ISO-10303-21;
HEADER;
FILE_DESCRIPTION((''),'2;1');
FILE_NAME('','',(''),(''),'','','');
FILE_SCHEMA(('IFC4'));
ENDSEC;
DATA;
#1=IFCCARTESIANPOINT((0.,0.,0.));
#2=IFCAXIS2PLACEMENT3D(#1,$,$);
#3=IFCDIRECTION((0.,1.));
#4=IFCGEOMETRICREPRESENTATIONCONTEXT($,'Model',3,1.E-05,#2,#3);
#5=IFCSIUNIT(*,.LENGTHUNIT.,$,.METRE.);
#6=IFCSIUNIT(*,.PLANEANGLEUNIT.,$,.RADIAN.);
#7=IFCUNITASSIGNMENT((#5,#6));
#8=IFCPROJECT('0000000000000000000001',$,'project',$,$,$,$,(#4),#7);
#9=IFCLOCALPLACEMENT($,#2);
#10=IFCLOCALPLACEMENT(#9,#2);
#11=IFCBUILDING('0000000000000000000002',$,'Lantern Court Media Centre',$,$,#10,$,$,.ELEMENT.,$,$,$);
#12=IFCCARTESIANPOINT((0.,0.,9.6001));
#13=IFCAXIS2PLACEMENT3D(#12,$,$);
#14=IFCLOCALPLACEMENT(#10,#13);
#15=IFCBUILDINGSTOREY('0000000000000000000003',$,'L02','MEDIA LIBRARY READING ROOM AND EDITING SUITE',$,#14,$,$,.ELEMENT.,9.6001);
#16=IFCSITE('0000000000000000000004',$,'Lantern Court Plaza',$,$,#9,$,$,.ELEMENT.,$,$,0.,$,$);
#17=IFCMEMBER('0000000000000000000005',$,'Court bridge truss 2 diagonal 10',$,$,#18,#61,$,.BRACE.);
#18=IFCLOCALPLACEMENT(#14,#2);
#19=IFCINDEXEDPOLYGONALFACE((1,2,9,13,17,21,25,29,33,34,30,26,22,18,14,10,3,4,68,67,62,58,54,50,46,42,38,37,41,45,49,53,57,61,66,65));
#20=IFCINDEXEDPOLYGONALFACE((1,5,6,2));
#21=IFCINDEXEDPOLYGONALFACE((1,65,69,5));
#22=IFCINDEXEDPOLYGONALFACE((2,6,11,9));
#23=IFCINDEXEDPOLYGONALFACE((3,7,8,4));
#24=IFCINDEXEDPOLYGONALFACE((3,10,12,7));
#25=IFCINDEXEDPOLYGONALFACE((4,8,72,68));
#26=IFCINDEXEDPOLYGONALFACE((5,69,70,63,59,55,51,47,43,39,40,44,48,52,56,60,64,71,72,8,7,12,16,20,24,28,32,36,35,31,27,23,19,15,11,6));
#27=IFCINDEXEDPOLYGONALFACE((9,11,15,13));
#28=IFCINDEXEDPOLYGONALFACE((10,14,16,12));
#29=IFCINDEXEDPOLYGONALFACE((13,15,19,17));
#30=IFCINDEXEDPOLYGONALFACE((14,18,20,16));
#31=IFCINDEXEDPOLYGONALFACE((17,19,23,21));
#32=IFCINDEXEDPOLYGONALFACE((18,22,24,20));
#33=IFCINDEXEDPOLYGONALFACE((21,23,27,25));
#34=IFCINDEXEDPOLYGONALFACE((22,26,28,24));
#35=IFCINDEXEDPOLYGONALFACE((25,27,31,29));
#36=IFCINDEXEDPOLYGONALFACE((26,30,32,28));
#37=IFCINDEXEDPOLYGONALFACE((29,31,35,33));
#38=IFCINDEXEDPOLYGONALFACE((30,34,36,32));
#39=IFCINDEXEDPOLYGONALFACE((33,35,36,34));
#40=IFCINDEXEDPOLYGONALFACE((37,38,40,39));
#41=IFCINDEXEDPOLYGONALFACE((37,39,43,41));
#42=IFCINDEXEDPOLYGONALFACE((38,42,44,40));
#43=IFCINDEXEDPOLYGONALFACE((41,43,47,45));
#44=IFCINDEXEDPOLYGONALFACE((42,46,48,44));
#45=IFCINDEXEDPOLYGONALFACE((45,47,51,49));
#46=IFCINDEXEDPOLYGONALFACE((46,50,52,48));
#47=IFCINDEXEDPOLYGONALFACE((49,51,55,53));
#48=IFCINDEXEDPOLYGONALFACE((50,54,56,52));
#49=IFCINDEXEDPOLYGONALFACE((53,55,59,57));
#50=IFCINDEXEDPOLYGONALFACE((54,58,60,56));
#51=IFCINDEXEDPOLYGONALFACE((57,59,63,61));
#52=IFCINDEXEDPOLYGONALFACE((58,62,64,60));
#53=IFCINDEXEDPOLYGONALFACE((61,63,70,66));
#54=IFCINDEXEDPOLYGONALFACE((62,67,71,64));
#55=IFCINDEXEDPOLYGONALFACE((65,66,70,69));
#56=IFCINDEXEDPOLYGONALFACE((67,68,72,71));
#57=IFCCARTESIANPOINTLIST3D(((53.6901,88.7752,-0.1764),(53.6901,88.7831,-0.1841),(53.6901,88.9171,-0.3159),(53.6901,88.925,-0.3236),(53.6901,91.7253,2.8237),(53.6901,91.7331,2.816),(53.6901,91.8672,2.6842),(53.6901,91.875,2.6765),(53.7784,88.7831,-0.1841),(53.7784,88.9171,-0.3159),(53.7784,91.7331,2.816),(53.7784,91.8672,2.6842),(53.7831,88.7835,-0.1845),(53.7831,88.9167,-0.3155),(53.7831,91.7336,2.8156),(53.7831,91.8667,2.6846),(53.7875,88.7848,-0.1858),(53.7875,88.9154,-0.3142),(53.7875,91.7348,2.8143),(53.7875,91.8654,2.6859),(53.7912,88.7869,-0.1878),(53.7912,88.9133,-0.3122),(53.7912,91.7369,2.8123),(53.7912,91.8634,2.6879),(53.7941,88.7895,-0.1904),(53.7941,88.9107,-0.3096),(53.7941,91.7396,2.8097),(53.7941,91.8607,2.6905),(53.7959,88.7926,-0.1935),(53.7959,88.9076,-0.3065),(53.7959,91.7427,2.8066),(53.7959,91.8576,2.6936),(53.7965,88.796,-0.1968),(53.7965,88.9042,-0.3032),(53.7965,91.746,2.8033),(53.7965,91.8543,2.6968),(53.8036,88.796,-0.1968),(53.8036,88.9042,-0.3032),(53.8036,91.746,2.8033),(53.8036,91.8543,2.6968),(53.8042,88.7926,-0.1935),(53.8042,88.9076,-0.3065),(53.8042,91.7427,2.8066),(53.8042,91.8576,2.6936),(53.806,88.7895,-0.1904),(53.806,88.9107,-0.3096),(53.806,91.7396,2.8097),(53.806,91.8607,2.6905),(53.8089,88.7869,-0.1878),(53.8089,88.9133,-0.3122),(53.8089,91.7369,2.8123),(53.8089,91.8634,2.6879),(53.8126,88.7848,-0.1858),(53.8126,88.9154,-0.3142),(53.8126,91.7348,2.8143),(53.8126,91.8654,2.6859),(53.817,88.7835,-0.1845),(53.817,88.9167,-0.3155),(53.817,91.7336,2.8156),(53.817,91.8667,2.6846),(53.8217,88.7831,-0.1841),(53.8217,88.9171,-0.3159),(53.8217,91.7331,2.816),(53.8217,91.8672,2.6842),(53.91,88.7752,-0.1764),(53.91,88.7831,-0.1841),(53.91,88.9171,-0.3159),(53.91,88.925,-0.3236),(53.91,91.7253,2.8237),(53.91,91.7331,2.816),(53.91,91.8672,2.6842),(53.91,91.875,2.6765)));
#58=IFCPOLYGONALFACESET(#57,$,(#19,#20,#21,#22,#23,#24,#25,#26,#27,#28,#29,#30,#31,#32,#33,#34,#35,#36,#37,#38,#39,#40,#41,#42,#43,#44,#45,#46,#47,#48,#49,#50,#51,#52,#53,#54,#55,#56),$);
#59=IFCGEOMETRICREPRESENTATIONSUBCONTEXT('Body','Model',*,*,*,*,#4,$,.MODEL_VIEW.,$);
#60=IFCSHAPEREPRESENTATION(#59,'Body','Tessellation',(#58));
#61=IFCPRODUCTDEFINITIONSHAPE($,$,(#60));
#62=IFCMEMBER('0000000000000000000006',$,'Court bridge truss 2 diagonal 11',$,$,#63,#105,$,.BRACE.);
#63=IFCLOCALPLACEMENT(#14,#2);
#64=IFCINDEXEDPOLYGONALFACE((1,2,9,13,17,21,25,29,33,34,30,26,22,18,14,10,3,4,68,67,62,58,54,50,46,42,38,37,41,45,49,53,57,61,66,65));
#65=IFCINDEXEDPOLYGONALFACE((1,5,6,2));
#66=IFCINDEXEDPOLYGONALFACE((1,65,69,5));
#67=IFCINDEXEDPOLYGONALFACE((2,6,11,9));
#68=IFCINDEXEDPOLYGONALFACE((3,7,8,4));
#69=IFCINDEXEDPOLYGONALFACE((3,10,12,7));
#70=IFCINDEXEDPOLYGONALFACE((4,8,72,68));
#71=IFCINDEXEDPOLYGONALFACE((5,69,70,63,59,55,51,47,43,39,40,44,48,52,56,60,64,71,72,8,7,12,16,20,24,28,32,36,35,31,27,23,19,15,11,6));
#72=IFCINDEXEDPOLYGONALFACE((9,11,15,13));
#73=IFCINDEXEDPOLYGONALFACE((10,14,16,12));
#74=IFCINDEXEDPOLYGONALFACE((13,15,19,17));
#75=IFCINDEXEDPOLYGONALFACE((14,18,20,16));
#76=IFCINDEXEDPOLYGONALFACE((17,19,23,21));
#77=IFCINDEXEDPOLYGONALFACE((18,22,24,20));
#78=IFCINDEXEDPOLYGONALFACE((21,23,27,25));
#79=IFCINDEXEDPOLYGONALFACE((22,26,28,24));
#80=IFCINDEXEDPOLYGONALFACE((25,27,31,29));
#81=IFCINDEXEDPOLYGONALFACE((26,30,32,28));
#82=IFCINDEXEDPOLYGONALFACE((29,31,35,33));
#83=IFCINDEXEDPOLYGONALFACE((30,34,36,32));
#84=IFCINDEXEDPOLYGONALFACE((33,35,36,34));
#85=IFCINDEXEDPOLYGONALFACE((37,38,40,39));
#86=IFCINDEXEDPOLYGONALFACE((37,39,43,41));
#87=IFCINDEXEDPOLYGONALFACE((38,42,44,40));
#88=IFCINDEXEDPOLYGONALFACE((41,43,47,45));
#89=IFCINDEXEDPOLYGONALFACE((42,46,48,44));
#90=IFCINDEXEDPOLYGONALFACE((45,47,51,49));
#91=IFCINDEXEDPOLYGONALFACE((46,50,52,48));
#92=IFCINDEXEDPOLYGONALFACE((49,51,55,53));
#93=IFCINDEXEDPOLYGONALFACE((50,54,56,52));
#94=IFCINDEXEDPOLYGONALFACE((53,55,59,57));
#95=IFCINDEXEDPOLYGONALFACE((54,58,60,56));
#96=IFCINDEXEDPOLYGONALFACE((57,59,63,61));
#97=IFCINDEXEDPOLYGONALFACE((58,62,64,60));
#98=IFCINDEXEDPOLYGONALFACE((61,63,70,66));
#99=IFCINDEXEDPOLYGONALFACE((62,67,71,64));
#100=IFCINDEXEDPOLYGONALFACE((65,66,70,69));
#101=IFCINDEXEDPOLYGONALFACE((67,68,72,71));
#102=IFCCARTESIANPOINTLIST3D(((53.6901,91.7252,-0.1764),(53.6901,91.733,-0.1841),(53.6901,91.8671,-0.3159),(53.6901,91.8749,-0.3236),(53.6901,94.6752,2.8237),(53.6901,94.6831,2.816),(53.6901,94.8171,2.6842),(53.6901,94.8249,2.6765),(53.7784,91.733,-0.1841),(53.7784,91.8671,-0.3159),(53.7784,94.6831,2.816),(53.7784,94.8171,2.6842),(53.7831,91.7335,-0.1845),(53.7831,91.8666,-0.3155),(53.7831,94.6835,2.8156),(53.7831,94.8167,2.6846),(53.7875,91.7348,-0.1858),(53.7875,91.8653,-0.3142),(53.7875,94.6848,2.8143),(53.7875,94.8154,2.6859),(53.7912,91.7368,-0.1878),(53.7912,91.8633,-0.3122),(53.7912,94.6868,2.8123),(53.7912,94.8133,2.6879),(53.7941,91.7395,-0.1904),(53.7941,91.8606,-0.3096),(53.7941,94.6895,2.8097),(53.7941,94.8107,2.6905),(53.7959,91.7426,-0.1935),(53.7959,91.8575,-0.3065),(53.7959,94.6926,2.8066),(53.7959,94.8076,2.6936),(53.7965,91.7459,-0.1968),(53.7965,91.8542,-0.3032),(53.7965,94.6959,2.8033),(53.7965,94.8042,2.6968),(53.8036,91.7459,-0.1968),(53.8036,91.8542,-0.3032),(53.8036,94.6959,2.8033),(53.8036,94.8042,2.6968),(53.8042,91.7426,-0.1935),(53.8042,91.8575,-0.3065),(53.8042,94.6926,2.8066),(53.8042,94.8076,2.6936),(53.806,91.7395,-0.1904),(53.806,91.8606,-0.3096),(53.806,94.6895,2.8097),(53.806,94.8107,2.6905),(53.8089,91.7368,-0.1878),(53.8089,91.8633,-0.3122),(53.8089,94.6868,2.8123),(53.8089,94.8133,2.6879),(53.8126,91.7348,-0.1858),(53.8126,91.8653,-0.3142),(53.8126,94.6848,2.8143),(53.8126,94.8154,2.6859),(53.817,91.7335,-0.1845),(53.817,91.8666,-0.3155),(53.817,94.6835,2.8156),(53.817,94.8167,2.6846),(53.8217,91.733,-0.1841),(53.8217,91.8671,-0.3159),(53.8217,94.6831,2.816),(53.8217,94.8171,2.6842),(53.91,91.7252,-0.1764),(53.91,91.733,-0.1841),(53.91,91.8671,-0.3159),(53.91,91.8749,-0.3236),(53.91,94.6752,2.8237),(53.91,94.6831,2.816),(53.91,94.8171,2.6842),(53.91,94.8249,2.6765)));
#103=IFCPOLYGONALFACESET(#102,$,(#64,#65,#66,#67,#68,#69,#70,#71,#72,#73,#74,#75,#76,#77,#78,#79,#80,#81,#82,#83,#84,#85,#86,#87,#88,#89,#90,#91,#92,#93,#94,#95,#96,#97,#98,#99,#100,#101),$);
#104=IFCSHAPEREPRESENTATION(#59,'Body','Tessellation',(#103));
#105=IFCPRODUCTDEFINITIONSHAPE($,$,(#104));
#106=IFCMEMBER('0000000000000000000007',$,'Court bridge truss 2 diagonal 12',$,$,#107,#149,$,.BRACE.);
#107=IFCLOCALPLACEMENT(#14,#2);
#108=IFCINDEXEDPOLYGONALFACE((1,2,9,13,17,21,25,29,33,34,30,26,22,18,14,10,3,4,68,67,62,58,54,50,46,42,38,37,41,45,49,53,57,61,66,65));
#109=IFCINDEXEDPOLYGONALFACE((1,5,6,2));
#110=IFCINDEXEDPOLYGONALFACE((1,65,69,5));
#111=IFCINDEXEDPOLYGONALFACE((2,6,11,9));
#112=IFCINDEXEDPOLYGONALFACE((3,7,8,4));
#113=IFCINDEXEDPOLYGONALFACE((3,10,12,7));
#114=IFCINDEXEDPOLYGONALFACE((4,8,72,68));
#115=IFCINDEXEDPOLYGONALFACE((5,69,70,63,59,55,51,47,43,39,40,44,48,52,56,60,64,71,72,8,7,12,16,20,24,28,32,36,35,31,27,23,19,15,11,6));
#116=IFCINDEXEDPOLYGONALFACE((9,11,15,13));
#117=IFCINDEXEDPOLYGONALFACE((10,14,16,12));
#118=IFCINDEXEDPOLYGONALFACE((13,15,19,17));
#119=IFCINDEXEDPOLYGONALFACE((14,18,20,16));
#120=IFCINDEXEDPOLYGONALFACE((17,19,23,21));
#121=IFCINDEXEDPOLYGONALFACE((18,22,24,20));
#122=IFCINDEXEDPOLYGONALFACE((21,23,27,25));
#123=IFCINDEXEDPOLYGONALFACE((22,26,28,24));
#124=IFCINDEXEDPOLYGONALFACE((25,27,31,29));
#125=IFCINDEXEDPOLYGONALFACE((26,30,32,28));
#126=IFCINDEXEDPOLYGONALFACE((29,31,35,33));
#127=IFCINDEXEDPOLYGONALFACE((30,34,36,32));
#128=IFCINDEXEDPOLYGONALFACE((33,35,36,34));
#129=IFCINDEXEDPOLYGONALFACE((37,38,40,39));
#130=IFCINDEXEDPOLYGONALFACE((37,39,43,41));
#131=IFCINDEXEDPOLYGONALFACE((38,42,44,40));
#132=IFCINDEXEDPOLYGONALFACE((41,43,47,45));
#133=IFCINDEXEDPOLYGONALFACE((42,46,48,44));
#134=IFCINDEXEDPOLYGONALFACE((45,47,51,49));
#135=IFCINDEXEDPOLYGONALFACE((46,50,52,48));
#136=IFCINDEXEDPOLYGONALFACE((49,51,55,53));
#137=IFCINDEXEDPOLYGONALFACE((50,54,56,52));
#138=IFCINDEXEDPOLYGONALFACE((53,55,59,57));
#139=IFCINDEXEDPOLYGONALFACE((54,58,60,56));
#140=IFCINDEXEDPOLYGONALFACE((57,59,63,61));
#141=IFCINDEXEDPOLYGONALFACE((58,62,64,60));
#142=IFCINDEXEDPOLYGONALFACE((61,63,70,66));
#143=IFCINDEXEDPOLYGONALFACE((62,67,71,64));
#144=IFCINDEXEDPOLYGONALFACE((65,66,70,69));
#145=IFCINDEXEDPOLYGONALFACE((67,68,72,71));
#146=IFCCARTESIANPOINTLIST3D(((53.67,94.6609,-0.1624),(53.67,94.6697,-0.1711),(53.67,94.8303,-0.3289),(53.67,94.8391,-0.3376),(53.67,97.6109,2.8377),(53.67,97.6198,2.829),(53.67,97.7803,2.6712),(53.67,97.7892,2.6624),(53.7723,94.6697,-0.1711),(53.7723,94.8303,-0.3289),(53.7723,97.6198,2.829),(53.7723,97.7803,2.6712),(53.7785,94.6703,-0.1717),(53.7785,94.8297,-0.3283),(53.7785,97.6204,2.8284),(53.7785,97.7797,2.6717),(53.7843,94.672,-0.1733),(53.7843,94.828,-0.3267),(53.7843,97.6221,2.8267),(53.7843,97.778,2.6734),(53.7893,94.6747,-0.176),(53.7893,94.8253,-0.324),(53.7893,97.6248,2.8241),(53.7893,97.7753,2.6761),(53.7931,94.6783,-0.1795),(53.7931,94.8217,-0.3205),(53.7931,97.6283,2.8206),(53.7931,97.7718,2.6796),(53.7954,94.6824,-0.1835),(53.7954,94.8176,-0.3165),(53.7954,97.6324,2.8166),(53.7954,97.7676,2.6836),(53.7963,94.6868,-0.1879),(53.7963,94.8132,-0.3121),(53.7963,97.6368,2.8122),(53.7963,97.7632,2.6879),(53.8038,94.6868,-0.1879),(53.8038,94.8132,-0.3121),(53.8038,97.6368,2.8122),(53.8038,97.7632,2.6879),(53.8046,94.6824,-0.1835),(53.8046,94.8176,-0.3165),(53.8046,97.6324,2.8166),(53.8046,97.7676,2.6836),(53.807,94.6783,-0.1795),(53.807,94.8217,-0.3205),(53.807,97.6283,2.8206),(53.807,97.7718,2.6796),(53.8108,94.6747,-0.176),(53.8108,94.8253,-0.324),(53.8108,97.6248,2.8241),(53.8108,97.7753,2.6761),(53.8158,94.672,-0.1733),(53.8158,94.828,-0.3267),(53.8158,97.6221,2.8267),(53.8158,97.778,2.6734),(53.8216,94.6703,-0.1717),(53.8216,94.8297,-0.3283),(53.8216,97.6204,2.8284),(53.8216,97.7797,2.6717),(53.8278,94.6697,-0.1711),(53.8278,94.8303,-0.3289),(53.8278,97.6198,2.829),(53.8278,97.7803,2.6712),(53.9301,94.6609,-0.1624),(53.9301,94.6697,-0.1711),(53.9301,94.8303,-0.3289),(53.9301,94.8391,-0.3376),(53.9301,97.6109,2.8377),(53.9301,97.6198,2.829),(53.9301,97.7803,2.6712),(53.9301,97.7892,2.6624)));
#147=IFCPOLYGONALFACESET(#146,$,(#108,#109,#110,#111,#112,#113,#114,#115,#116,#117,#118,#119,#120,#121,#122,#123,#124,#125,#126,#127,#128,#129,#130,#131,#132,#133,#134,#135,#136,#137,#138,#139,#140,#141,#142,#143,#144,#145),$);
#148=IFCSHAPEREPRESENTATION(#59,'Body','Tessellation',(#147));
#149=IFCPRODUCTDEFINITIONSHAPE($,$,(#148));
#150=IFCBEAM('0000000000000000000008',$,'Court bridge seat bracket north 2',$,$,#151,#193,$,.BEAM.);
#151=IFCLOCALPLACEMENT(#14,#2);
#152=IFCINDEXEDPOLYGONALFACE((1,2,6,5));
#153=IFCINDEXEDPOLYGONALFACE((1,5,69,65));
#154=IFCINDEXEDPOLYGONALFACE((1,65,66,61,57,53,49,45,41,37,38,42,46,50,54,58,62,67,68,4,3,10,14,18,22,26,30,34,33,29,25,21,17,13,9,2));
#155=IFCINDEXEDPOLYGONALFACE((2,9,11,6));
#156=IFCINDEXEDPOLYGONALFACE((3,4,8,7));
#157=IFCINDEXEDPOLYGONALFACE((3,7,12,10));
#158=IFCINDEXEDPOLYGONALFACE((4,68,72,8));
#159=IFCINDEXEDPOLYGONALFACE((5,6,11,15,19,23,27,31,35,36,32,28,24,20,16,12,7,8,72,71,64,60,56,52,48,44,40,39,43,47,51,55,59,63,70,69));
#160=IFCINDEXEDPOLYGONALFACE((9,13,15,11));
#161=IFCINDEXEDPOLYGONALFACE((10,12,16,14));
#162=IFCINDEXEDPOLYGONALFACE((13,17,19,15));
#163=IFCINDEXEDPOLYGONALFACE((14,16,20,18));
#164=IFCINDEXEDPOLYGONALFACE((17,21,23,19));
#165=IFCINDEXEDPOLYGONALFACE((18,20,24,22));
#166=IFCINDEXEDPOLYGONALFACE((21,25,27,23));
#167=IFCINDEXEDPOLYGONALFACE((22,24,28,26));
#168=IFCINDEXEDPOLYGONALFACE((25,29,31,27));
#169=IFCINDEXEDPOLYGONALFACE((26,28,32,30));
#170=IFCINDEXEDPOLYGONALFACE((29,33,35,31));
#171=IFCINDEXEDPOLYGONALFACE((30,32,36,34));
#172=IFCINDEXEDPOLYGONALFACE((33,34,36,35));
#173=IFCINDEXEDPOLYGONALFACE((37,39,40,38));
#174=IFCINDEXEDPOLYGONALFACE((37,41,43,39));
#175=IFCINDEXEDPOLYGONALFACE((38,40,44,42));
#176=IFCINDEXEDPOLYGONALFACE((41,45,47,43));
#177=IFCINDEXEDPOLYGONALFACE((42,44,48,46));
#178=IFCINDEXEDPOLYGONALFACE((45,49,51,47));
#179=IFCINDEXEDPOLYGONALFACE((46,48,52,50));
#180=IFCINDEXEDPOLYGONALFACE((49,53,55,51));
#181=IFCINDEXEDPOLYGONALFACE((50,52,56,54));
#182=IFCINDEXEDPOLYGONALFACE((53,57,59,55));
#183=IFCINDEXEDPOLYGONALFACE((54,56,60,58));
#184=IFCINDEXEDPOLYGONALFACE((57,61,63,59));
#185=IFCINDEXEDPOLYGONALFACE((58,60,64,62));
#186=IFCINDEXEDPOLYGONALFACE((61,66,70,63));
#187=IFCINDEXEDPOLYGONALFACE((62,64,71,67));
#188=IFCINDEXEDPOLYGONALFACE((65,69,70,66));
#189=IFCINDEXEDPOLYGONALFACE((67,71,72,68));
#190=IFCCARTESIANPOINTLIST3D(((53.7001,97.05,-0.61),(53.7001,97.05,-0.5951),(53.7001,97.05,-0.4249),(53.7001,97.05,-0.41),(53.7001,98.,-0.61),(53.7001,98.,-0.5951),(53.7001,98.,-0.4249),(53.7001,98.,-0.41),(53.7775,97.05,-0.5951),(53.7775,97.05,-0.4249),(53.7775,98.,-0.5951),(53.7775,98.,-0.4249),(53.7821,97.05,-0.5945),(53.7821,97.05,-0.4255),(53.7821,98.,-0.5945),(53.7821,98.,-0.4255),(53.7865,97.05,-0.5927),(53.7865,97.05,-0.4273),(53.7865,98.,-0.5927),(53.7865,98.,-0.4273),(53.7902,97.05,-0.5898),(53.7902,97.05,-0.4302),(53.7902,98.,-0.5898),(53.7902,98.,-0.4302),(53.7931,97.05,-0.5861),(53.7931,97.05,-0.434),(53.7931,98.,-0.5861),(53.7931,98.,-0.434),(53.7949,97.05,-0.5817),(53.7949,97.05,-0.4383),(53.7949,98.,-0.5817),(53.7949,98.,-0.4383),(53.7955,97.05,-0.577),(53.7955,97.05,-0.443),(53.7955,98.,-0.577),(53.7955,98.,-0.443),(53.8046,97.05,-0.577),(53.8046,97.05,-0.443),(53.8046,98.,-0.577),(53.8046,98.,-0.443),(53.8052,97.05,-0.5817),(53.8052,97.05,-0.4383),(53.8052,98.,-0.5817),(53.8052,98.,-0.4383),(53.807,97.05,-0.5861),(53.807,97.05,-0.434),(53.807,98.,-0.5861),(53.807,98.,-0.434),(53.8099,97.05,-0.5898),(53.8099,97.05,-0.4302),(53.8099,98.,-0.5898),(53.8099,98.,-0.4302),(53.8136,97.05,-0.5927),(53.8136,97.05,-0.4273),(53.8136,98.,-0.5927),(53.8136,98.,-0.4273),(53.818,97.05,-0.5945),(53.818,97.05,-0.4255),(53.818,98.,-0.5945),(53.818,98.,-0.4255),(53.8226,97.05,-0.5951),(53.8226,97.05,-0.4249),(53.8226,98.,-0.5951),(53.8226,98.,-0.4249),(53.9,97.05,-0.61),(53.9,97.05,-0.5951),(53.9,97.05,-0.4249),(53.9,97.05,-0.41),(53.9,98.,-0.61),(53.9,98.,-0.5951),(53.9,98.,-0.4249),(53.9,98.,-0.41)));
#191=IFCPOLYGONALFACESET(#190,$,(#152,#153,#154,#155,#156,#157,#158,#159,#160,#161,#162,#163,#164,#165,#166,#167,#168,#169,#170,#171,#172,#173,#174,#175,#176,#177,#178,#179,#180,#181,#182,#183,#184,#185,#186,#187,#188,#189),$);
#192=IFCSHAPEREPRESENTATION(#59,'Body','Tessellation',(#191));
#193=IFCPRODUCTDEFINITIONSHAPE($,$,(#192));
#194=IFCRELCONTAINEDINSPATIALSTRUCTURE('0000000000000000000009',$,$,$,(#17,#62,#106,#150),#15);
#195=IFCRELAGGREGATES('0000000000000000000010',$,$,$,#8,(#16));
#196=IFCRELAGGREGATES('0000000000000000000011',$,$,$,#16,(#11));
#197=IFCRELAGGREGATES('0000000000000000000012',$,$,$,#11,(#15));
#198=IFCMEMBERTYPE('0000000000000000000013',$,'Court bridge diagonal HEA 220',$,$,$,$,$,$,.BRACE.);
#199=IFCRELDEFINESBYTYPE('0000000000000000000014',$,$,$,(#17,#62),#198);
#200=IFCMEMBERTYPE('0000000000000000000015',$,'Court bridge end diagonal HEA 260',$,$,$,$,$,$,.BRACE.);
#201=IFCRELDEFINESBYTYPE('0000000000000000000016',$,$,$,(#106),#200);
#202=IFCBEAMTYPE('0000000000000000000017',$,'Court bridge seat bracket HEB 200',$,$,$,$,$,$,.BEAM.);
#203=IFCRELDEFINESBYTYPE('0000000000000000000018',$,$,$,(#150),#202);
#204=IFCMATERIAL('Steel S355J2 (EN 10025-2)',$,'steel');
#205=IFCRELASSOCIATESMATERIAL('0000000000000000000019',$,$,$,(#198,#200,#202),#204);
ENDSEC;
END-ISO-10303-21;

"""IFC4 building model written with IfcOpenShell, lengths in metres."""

from ifc_helpers import new_model, si_unit, direction, frame, origin, origin_2d, place, context, subcontext, project, spatial, i_section, extrude, material, material_profile, profile_set, type_object, element, save


model = new_model("IFC4")

# Units and contexts
model_context = context("Model", 3, precision=1e-05, world=origin(), true_north=direction((0.0, 1.0)))
body_context = subcontext(model_context, "Body", "Model", "MODEL_VIEW")
ifc_project = project(units=[si_unit("LENGTHUNIT", "METRE"), si_unit("PLANEANGLEUNIT", "RADIAN")], contexts=[model_context])

# Site, building, storey
site_placement = place(None, origin())
site = spatial("IfcSite", under=ifc_project, at=site_placement, Name="Lantern Court Plaza", CompositionType="ELEMENT", RefElevation=0.0)
building_placement = place(site_placement, origin())
building = spatial("IfcBuilding", under=site, at=building_placement, Name="Lantern Court Media Centre", CompositionType="ELEMENT")
storey_placement = place(building_placement, frame((0.0, 0.0, 9.6001)))
storey = spatial("IfcBuildingStorey", under=building, at=storey_placement, Name="L02", Description="MEDIA LIBRARY READING ROOM AND EDITING SUITE", CompositionType="ELEMENT", Elevation=9.6001)

# Members
ifc_material_1 = material(Name="Steel S355J2 (EN 10025-2)", Category="steel")
ifc_material_profile_1 = material_profile(ifc_material_1, i_section(OverallWidth=0.22, OverallDepth=0.21, WebThickness=0.0071, FlangeThickness=0.011, FilletRadius=0.0181, at=origin_2d()), Name="HEA 220")
ifc_profile_set_1 = profile_set([ifc_material_profile_1], Name="Steel S355J2 (EN 10025-2)")
member_type_1 = type_object("IfcMemberType", Name="Court bridge diagonal HEA 220", PredefinedType="BRACE", material=ifc_profile_set_1)
for number, where, z_axis, x_axis, name in (
    (1, (53.8, 88.8501, -0.25), (0.0, 0.701134, 0.713029), (-1.0, 0.0, 0.0), "Court bridge truss 2 diagonal 10"),
    (2, (53.8, 91.8, -0.25), (0.0, 0.701134, 0.713029), (-1.0, 0.0, 0.0), "Court bridge truss 2 diagonal 11"),
):
    element("IfcMember", number, at=place(storey_placement, frame(where, z_axis=z_axis, x_axis=x_axis)), inside=storey, type_object=member_type_1, Name=name, PredefinedType="BRACE", context=body_context, shape_type="SweptSolid", body=[
        extrude(i_section(OverallWidth=0.22, OverallDepth=0.21, WebThickness=0.0071, FlangeThickness=0.011, FilletRadius=0.0181, at=origin_2d()), origin(), (0.0, 0.0, 1.0), 4.2075),
    ])
ifc_material_profile_2 = material_profile(ifc_material_1, i_section(OverallWidth=0.26, OverallDepth=0.25, WebThickness=0.0076, FlangeThickness=0.0125, FilletRadius=0.0239, at=origin_2d()), Name="HEA 260")
ifc_profile_set_2 = profile_set([ifc_material_profile_2], Name="Steel S355J2 (EN 10025-2)")
member_type_2 = type_object("IfcMemberType", Name="Court bridge end diagonal HEA 260", PredefinedType="BRACE", material=ifc_profile_set_2)
member_1_placement = place(storey_placement, frame((53.8, 94.75, -0.25), z_axis=(0.0, 0.701134, 0.713029), x_axis=(-1.0, 0.0, 0.0)))
element("IfcMember", 3, at=member_1_placement, inside=storey, type_object=member_type_2, Name="Court bridge truss 2 diagonal 12", PredefinedType="BRACE", context=body_context, shape_type="SweptSolid", body=[
    extrude(i_section(OverallWidth=0.26, OverallDepth=0.25, WebThickness=0.0076, FlangeThickness=0.0125, FilletRadius=0.0239, at=origin_2d()), origin(), (0.0, 0.0, 1.0), 4.2075),
])

# Beam
ifc_material_profile_3 = material_profile(ifc_material_1, i_section(OverallWidth=0.2, OverallDepth=0.2, WebThickness=0.009, FlangeThickness=0.0149, FilletRadius=0.0181, at=origin_2d()), Name="HEB 200")
ifc_profile_set_3 = profile_set([ifc_material_profile_3], Name="Steel S355J2 (EN 10025-2)")
beam_type_1 = type_object("IfcBeamType", Name="Court bridge seat bracket HEB 200", PredefinedType="BEAM", material=ifc_profile_set_3)
beam_1_placement = place(storey_placement, frame((53.8, 98.0, -0.51), z_axis=(0.0, -1.0, 0.0), x_axis=(1.0, 0.0, 0.0)))
element("IfcBeam", 4, at=beam_1_placement, inside=storey, type_object=beam_type_1, Name="Court bridge seat bracket north 2", PredefinedType="BEAM", context=body_context, shape_type="SweptSolid", body=[
    extrude(i_section(OverallWidth=0.2, OverallDepth=0.2, WebThickness=0.009, FlangeThickness=0.0149, FilletRadius=0.0181, at=origin_2d()), origin(), (0.0, 0.0, 1.0), 0.95),
])

save(model, "model.ifc")
